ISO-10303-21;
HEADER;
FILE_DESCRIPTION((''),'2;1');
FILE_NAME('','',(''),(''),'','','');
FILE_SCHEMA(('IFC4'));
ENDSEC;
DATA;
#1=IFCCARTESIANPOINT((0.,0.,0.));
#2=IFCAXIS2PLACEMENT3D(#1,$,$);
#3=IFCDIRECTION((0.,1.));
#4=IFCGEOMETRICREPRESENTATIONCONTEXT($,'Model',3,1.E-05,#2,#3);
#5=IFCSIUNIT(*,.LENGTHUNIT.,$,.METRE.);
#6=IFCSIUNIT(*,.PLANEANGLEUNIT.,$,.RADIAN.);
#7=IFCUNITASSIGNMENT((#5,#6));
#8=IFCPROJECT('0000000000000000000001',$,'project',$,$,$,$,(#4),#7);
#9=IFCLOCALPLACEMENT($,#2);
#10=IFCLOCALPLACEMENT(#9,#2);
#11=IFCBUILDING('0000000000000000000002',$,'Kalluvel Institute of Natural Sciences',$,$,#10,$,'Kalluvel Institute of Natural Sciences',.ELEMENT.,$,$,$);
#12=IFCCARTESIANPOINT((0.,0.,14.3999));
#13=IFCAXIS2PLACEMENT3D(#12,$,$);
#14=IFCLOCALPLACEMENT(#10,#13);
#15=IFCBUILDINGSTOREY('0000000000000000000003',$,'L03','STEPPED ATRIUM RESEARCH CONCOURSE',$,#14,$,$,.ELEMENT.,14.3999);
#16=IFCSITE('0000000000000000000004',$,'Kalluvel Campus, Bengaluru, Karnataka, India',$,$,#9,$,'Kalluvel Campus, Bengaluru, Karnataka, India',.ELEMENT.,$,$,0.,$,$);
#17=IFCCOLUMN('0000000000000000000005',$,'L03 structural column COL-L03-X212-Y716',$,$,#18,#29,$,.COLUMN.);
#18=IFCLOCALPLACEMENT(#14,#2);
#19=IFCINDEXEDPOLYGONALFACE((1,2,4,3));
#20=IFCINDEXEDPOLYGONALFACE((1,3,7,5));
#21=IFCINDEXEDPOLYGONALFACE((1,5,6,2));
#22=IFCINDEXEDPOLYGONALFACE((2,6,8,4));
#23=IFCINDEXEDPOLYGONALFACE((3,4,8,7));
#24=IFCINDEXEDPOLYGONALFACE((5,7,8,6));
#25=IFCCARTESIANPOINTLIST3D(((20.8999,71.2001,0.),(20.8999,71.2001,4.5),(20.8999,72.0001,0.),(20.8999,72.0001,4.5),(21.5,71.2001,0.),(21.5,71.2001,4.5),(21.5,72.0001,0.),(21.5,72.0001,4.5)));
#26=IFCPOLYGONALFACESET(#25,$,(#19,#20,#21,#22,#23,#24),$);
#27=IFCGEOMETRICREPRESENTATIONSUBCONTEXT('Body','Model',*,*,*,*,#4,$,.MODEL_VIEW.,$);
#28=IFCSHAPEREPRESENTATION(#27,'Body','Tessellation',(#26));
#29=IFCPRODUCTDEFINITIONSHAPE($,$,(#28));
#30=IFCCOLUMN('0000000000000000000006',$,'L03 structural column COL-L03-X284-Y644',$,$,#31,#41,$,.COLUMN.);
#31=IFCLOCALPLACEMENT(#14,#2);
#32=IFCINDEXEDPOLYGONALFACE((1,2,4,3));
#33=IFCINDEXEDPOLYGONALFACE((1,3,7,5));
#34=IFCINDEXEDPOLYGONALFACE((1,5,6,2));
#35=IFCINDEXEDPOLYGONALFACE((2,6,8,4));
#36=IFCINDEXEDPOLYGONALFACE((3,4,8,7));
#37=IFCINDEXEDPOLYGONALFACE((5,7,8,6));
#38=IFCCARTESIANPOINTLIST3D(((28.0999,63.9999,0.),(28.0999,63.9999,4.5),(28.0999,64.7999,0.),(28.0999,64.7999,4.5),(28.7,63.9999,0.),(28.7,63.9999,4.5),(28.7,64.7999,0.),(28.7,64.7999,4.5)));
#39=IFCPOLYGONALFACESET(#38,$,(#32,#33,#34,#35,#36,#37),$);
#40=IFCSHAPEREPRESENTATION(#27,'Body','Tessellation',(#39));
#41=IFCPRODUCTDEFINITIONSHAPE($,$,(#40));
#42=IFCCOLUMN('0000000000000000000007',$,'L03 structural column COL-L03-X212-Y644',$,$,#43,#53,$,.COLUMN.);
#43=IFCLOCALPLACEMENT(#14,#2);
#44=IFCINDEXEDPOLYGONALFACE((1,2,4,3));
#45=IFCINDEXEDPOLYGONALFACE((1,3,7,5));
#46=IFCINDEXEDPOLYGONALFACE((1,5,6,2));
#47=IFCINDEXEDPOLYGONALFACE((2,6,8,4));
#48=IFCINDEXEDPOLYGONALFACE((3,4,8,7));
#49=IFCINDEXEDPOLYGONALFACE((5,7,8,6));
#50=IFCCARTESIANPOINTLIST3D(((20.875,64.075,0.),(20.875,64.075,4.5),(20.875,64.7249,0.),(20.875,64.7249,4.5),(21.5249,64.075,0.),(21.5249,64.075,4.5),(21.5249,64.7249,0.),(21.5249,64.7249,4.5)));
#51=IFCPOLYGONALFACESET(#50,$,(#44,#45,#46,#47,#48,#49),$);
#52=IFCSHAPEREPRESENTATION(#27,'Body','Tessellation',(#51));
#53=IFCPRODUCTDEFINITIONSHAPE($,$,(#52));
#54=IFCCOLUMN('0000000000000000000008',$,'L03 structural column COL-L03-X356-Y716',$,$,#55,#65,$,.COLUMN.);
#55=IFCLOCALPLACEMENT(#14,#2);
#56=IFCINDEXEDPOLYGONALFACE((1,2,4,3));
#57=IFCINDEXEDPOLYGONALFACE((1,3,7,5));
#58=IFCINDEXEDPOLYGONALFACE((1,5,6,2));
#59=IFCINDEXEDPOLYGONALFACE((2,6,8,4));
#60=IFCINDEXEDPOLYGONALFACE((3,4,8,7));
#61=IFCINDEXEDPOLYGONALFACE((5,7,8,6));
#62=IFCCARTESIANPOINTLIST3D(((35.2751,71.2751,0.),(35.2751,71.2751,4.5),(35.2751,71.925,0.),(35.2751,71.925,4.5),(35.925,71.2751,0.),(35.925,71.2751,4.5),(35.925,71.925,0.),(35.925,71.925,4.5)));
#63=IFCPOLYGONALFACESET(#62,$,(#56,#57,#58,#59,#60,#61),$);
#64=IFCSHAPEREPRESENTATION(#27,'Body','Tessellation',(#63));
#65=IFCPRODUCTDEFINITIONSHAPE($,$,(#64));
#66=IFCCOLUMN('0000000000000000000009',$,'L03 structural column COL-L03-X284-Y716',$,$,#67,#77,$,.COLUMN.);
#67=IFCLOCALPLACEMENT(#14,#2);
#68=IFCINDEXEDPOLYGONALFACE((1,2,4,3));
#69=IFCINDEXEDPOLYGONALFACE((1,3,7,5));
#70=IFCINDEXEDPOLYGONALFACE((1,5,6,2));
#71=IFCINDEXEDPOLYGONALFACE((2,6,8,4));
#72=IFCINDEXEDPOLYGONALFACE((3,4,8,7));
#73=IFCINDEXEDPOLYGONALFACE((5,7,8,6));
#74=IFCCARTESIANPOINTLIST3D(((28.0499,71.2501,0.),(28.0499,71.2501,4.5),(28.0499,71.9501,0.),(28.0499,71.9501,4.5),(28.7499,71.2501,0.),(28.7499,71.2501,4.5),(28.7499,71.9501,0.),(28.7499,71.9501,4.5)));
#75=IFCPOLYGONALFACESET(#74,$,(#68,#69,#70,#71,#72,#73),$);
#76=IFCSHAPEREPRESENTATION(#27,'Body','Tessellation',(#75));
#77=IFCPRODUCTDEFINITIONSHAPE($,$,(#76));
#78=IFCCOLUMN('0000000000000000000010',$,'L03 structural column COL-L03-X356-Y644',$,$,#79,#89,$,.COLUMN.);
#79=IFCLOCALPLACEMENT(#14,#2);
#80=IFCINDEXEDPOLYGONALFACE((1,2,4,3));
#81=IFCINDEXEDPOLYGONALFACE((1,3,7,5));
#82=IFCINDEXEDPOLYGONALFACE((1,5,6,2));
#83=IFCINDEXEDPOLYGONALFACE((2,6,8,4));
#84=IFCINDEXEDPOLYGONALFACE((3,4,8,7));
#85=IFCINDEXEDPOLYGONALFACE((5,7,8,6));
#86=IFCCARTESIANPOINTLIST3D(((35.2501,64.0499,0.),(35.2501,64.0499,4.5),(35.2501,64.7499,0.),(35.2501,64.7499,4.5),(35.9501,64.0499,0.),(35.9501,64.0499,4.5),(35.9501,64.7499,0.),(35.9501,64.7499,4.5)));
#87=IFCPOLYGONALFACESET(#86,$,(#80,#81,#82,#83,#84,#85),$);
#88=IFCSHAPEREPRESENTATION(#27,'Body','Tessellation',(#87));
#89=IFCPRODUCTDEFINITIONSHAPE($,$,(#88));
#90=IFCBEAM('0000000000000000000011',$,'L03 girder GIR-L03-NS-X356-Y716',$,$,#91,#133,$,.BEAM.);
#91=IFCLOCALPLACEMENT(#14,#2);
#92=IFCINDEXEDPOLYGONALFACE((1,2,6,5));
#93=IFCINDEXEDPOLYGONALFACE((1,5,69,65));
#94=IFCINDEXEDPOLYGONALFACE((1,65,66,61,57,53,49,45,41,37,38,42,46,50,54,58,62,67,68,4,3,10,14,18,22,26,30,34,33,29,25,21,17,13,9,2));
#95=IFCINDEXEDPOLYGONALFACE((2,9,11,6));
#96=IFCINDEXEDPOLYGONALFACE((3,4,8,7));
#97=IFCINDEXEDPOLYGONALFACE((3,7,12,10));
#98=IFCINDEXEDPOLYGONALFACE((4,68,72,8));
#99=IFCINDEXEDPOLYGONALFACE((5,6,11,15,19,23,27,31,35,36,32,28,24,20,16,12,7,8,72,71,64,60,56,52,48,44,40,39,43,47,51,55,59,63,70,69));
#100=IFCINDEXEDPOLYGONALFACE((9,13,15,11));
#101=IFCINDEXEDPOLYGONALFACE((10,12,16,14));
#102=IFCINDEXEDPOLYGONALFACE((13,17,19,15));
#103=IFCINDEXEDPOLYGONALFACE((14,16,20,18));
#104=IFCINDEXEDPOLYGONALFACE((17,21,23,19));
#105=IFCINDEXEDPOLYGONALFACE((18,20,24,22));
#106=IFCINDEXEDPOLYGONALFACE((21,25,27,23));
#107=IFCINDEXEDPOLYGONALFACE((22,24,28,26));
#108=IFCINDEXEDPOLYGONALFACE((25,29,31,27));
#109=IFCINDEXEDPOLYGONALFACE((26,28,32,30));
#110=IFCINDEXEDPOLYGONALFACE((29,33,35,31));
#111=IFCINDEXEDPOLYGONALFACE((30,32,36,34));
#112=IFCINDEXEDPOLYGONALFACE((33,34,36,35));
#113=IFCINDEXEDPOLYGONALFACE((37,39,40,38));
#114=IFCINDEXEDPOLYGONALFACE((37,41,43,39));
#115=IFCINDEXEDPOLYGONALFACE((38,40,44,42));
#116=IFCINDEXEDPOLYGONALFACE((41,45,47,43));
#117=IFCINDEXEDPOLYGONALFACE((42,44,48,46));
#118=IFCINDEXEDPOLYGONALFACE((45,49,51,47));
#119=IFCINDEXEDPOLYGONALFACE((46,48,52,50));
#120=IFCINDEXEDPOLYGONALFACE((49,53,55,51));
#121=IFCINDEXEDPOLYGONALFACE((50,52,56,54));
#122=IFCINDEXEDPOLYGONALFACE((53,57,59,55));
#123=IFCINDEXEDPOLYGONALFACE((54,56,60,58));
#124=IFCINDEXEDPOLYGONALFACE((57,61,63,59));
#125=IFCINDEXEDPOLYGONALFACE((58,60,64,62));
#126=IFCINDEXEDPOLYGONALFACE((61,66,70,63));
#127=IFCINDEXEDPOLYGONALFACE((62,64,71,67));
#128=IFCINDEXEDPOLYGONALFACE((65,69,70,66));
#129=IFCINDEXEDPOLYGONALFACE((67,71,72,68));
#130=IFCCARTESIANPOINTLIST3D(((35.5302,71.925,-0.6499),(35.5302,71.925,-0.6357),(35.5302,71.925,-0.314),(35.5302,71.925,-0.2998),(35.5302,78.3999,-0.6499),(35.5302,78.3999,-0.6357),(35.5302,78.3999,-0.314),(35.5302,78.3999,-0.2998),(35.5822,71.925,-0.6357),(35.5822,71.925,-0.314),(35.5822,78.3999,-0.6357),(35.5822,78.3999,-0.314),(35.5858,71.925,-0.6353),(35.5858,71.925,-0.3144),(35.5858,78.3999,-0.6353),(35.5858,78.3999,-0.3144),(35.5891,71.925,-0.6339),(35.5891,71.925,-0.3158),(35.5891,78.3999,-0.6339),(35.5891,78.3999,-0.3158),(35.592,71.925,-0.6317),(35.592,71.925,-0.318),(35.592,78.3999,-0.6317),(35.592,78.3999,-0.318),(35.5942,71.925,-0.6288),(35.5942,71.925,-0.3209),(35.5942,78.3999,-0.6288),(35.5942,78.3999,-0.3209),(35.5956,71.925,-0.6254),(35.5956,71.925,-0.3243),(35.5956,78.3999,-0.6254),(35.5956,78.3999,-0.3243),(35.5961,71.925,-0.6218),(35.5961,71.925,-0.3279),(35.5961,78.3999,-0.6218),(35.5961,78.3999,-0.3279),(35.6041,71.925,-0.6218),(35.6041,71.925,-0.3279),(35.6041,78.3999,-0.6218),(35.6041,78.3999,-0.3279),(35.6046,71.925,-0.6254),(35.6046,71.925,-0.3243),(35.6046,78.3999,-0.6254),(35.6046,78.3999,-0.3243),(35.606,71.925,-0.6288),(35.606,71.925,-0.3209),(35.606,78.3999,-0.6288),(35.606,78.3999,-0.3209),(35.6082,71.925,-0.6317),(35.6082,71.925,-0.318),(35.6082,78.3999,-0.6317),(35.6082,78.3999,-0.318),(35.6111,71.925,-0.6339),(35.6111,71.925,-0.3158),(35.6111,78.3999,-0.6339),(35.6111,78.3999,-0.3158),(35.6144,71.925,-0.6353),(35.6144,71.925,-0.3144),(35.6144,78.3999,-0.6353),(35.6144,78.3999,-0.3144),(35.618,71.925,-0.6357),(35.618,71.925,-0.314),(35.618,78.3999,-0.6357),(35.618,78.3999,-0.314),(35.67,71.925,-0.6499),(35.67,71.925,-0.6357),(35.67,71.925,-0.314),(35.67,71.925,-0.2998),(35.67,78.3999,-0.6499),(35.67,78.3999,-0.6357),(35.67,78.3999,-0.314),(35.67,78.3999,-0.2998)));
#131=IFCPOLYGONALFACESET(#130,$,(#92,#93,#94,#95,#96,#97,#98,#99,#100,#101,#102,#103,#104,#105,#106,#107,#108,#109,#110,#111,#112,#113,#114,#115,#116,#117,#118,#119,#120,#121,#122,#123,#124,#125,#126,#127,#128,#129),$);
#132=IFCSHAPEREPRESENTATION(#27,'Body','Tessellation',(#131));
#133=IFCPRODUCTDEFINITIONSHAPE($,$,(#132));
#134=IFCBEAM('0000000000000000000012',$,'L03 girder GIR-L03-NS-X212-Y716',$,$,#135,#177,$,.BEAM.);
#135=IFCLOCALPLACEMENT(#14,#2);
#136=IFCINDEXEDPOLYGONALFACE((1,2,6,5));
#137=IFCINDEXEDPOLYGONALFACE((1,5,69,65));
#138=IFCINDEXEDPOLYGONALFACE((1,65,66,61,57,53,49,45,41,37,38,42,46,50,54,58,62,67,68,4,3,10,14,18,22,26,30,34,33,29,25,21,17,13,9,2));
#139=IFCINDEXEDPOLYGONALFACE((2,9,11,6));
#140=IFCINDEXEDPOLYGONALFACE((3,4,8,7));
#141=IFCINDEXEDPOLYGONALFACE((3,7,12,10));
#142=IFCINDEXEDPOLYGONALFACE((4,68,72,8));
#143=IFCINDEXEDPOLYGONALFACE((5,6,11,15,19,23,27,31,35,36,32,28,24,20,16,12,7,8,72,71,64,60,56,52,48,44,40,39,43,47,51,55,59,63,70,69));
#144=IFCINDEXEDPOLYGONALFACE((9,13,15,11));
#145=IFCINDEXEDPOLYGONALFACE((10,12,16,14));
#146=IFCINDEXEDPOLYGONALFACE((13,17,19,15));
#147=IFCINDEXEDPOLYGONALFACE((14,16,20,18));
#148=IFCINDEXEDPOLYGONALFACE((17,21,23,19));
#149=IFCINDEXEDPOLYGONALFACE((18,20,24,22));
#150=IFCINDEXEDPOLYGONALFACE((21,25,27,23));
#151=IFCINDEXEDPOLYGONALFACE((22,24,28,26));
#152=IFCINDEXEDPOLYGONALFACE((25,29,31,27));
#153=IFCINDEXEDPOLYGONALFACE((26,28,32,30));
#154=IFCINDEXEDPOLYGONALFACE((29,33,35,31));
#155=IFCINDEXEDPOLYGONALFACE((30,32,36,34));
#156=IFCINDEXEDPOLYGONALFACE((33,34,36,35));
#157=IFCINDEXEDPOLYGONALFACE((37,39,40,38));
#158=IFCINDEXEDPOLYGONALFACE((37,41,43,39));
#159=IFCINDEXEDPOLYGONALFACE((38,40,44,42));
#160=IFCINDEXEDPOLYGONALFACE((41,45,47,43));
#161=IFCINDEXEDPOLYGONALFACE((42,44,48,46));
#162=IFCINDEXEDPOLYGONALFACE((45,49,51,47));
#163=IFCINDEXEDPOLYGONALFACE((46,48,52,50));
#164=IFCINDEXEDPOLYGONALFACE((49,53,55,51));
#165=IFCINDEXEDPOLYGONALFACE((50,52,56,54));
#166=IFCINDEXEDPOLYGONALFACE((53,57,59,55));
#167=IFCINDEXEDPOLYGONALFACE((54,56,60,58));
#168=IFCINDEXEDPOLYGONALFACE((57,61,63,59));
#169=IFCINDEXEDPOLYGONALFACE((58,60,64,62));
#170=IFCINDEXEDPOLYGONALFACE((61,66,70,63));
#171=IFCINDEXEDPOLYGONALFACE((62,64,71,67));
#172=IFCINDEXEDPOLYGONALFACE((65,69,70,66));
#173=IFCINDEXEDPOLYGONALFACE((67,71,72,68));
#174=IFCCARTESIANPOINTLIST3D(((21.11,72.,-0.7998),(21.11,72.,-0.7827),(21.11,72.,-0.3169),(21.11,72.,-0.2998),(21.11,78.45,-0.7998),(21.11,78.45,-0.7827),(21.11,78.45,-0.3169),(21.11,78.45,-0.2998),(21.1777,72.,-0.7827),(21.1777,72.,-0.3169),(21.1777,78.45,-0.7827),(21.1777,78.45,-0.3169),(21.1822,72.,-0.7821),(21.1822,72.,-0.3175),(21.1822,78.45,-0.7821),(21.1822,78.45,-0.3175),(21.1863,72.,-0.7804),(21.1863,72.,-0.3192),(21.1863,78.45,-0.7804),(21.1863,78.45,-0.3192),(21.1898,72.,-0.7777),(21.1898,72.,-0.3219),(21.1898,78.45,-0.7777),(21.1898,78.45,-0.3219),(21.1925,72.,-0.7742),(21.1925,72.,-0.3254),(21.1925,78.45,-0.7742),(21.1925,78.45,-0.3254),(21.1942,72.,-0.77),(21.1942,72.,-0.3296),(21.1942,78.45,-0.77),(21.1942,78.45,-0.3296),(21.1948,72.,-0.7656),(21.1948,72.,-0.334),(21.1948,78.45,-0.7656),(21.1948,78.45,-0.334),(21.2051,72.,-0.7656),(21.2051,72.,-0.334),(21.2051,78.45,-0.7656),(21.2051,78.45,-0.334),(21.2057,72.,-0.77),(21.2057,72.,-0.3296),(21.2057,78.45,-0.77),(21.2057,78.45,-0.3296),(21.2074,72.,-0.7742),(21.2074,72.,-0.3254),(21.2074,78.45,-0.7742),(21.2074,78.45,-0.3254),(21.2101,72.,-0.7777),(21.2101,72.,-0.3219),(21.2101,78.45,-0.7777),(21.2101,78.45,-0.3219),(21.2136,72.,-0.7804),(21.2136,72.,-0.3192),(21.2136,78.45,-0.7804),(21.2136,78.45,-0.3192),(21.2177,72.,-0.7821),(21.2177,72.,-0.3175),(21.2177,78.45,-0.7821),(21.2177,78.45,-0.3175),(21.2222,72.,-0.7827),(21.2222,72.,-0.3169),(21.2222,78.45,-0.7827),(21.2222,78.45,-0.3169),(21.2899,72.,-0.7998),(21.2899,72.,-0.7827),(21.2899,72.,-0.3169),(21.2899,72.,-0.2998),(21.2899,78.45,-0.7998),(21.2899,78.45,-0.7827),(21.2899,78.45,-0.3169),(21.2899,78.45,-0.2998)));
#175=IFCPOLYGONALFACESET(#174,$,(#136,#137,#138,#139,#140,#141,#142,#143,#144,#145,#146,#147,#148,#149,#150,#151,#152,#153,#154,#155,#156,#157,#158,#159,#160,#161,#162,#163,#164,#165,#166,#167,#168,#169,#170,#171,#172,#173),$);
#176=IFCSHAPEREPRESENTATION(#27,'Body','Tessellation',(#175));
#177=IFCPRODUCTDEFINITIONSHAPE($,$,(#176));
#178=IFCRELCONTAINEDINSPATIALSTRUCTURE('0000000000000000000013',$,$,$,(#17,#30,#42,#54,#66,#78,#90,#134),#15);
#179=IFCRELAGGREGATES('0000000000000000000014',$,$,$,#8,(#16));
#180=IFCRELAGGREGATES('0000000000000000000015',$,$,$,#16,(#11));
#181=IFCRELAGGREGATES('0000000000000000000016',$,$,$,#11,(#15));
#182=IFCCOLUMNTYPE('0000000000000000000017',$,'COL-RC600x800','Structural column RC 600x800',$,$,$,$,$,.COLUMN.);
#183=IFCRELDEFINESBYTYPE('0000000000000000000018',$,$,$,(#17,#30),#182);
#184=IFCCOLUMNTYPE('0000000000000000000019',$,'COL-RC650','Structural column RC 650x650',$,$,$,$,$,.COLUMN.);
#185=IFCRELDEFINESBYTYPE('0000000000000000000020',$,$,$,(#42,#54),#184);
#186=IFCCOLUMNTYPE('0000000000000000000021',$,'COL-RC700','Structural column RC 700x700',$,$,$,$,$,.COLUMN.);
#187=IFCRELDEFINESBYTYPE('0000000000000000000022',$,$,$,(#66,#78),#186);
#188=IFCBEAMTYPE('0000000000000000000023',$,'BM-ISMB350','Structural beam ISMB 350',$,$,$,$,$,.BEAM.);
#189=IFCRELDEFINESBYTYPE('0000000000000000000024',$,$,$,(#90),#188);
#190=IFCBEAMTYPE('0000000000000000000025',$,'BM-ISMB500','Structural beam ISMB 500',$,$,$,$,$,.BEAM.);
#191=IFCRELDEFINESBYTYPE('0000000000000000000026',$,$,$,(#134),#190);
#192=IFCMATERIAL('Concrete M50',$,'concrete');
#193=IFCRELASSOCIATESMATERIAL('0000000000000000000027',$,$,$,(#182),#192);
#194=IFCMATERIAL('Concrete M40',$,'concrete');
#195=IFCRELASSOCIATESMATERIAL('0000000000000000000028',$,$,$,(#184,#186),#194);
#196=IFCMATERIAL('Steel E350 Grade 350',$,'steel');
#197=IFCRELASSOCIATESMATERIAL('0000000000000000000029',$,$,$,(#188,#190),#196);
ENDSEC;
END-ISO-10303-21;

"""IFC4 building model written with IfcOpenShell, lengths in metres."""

from ifc_helpers import new_model, si_unit, direction, frame, origin, origin_2d, place, context, subcontext, project, spatial, rectangle, i_section, extrude, material, material_profile, profile_set, type_object, element, save


model = new_model("IFC4")

# Units and contexts
model_context = context("Model", 3, precision=1e-05, world=origin(), true_north=direction((0.0, 1.0)))
body_context = subcontext(model_context, "Body", "Model", "MODEL_VIEW")
ifc_project = project(units=[si_unit("LENGTHUNIT", "METRE"), si_unit("PLANEANGLEUNIT", "RADIAN")], contexts=[model_context])

# Site, building, storey
site_placement = place(None, origin())
site = spatial("IfcSite", under=ifc_project, at=site_placement, Name="Kalluvel Campus, Bengaluru, Karnataka, India", LongName="Kalluvel Campus, Bengaluru, Karnataka, India", CompositionType="ELEMENT", RefElevation=0.0)
building_placement = place(site_placement, origin())
building = spatial("IfcBuilding", under=site, at=building_placement, Name="Kalluvel Institute of Natural Sciences", LongName="Kalluvel Institute of Natural Sciences", CompositionType="ELEMENT")
storey_placement = place(building_placement, frame((0.0, 0.0, 14.3999)))
storey = spatial("IfcBuildingStorey", under=building, at=storey_placement, Name="L03", Description="STEPPED ATRIUM RESEARCH CONCOURSE", CompositionType="ELEMENT", Elevation=14.3999)

# Columns
ifc_material_1 = material(Name="Concrete M50", Category="concrete")
ifc_material_profile_1 = material_profile(ifc_material_1, rectangle(XDim=0.6001, YDim=0.8, at=origin_2d()), Name="RC 600x800")
ifc_profile_set_1 = profile_set([ifc_material_profile_1], Name="Concrete M50")
column_type_1 = type_object("IfcColumnType", Name="COL-RC600x800", Description="Structural column RC 600x800", PredefinedType="COLUMN", material=ifc_profile_set_1)
for number, where, z_axis, x_axis, name in (
    (1, (21.2, 71.6001, 0.0), (0.0, 0.0, 1.0), (1.0, 0.0, 0.0), "L03 structural column COL-L03-X212-Y716"),
    (2, (28.3999, 64.3999, 0.0), (0.0, 0.0, 1.0), (1.0, 0.0, 0.0), "L03 structural column COL-L03-X284-Y644"),
):
    element("IfcColumn", number, at=place(storey_placement, frame(where, z_axis=z_axis, x_axis=x_axis)), inside=storey, type_object=column_type_1, Name=name, PredefinedType="COLUMN", context=body_context, shape_type="SweptSolid", body=[
        extrude(rectangle(XDim=0.6001, YDim=0.8, at=origin_2d()), origin(), (0.0, 0.0, 1.0), 4.5),
    ])
ifc_material_2 = material(Name="Concrete M40", Category="concrete")
ifc_material_profile_2 = material_profile(ifc_material_2, rectangle(XDim=0.6499, YDim=0.6499, at=origin_2d()), Name="RC 650x650")
ifc_profile_set_2 = profile_set([ifc_material_profile_2], Name="Concrete M40")
column_type_2 = type_object("IfcColumnType", Name="COL-RC650", Description="Structural column RC 650x650", PredefinedType="COLUMN", material=ifc_profile_set_2)
for number, where, z_axis, x_axis, name in (
    (3, (21.2, 64.3999, 0.0), (0.0, 0.0, 1.0), (1.0, 0.0, 0.0), "L03 structural column COL-L03-X212-Y644"),
    (4, (35.6001, 71.6001, 0.0), (0.0, 0.0, 1.0), (1.0, 0.0, 0.0), "L03 structural column COL-L03-X356-Y716"),
):
    element("IfcColumn", number, at=place(storey_placement, frame(where, z_axis=z_axis, x_axis=x_axis)), inside=storey, type_object=column_type_2, Name=name, PredefinedType="COLUMN", context=body_context, shape_type="SweptSolid", body=[
        extrude(rectangle(XDim=0.6499, YDim=0.6499, at=origin_2d()), origin(), (0.0, 0.0, 1.0), 4.5),
    ])
ifc_material_profile_3 = material_profile(ifc_material_2, rectangle(XDim=0.7, YDim=0.7, at=origin_2d()), Name="RC 700x700")
ifc_profile_set_3 = profile_set([ifc_material_profile_3], Name="Concrete M40")
column_type_3 = type_object("IfcColumnType", Name="COL-RC700", Description="Structural column RC 700x700", PredefinedType="COLUMN", material=ifc_profile_set_3)
for number, where, z_axis, x_axis, name in (
    (5, (28.3999, 71.6001, 0.0), (0.0, 0.0, 1.0), (1.0, 0.0, 0.0), "L03 structural column COL-L03-X284-Y716"),
    (6, (35.6001, 64.3999, 0.0), (0.0, 0.0, 1.0), (1.0, 0.0, 0.0), "L03 structural column COL-L03-X356-Y644"),
):
    element("IfcColumn", number, at=place(storey_placement, frame(where, z_axis=z_axis, x_axis=x_axis)), inside=storey, type_object=column_type_3, Name=name, PredefinedType="COLUMN", context=body_context, shape_type="SweptSolid", body=[
        extrude(rectangle(XDim=0.7, YDim=0.7, at=origin_2d()), origin(), (0.0, 0.0, 1.0), 4.5),
    ])

# Beams
ifc_material_3 = material(Name="Steel E350 Grade 350", Category="steel")
ifc_material_profile_4 = material_profile(ifc_material_3, i_section(OverallWidth=0.1399, OverallDepth=0.3501, WebThickness=0.0081, FlangeThickness=0.0142, FilletRadius=0.0139, at=origin_2d()), Name="ISMB 350")
ifc_profile_set_4 = profile_set([ifc_material_profile_4], Name="Steel E350 Grade 350")
beam_type_1 = type_object("IfcBeamType", Name="BM-ISMB350", Description="Structural beam ISMB 350", PredefinedType="BEAM", material=ifc_profile_set_4)
beam_1_placement = place(storey_placement, frame((35.6001, 71.925, -0.4749), z_axis=(0.0, 1.0, 0.0), x_axis=(-1.0, 0.0, 0.0)))
element("IfcBeam", 7, at=beam_1_placement, inside=storey, type_object=beam_type_1, Name="L03 girder GIR-L03-NS-X356-Y716", PredefinedType="BEAM", context=body_context, shape_type="SweptSolid", body=[
    extrude(i_section(OverallWidth=0.1399, OverallDepth=0.3501, WebThickness=0.0081, FlangeThickness=0.0142, FilletRadius=0.0139, at=origin_2d()), origin(), (0.0, 0.0, 1.0), 6.4749),
])
ifc_material_profile_5 = material_profile(ifc_material_3, i_section(OverallWidth=0.1799, OverallDepth=0.5, WebThickness=0.0103, FlangeThickness=0.0171, FilletRadius=0.0171, at=origin_2d()), Name="ISMB 500")
ifc_profile_set_5 = profile_set([ifc_material_profile_5], Name="Steel E350 Grade 350")
beam_type_2 = type_object("IfcBeamType", Name="BM-ISMB500", Description="Structural beam ISMB 500", PredefinedType="BEAM", material=ifc_profile_set_5)
for number, where, z_axis, x_axis, name in (
    (8, (21.2, 72.0, -0.5498), (0.0, 1.0, 0.0), (-1.0, 0.0, 0.0), "L03 girder GIR-L03-NS-X212-Y716"),
):
    element("IfcBeam", number, at=place(storey_placement, frame(where, z_axis=z_axis, x_axis=x_axis)), inside=storey, type_object=beam_type_2, Name=name, PredefinedType="BEAM", context=body_context, shape_type="SweptSolid", body=[
        extrude(i_section(OverallWidth=0.1799, OverallDepth=0.5, WebThickness=0.0103, FlangeThickness=0.0171, FilletRadius=0.0171, at=origin_2d()), origin(), (0.0, 0.0, 1.0), 6.45),
    ])

save(model, "model.ifc")
